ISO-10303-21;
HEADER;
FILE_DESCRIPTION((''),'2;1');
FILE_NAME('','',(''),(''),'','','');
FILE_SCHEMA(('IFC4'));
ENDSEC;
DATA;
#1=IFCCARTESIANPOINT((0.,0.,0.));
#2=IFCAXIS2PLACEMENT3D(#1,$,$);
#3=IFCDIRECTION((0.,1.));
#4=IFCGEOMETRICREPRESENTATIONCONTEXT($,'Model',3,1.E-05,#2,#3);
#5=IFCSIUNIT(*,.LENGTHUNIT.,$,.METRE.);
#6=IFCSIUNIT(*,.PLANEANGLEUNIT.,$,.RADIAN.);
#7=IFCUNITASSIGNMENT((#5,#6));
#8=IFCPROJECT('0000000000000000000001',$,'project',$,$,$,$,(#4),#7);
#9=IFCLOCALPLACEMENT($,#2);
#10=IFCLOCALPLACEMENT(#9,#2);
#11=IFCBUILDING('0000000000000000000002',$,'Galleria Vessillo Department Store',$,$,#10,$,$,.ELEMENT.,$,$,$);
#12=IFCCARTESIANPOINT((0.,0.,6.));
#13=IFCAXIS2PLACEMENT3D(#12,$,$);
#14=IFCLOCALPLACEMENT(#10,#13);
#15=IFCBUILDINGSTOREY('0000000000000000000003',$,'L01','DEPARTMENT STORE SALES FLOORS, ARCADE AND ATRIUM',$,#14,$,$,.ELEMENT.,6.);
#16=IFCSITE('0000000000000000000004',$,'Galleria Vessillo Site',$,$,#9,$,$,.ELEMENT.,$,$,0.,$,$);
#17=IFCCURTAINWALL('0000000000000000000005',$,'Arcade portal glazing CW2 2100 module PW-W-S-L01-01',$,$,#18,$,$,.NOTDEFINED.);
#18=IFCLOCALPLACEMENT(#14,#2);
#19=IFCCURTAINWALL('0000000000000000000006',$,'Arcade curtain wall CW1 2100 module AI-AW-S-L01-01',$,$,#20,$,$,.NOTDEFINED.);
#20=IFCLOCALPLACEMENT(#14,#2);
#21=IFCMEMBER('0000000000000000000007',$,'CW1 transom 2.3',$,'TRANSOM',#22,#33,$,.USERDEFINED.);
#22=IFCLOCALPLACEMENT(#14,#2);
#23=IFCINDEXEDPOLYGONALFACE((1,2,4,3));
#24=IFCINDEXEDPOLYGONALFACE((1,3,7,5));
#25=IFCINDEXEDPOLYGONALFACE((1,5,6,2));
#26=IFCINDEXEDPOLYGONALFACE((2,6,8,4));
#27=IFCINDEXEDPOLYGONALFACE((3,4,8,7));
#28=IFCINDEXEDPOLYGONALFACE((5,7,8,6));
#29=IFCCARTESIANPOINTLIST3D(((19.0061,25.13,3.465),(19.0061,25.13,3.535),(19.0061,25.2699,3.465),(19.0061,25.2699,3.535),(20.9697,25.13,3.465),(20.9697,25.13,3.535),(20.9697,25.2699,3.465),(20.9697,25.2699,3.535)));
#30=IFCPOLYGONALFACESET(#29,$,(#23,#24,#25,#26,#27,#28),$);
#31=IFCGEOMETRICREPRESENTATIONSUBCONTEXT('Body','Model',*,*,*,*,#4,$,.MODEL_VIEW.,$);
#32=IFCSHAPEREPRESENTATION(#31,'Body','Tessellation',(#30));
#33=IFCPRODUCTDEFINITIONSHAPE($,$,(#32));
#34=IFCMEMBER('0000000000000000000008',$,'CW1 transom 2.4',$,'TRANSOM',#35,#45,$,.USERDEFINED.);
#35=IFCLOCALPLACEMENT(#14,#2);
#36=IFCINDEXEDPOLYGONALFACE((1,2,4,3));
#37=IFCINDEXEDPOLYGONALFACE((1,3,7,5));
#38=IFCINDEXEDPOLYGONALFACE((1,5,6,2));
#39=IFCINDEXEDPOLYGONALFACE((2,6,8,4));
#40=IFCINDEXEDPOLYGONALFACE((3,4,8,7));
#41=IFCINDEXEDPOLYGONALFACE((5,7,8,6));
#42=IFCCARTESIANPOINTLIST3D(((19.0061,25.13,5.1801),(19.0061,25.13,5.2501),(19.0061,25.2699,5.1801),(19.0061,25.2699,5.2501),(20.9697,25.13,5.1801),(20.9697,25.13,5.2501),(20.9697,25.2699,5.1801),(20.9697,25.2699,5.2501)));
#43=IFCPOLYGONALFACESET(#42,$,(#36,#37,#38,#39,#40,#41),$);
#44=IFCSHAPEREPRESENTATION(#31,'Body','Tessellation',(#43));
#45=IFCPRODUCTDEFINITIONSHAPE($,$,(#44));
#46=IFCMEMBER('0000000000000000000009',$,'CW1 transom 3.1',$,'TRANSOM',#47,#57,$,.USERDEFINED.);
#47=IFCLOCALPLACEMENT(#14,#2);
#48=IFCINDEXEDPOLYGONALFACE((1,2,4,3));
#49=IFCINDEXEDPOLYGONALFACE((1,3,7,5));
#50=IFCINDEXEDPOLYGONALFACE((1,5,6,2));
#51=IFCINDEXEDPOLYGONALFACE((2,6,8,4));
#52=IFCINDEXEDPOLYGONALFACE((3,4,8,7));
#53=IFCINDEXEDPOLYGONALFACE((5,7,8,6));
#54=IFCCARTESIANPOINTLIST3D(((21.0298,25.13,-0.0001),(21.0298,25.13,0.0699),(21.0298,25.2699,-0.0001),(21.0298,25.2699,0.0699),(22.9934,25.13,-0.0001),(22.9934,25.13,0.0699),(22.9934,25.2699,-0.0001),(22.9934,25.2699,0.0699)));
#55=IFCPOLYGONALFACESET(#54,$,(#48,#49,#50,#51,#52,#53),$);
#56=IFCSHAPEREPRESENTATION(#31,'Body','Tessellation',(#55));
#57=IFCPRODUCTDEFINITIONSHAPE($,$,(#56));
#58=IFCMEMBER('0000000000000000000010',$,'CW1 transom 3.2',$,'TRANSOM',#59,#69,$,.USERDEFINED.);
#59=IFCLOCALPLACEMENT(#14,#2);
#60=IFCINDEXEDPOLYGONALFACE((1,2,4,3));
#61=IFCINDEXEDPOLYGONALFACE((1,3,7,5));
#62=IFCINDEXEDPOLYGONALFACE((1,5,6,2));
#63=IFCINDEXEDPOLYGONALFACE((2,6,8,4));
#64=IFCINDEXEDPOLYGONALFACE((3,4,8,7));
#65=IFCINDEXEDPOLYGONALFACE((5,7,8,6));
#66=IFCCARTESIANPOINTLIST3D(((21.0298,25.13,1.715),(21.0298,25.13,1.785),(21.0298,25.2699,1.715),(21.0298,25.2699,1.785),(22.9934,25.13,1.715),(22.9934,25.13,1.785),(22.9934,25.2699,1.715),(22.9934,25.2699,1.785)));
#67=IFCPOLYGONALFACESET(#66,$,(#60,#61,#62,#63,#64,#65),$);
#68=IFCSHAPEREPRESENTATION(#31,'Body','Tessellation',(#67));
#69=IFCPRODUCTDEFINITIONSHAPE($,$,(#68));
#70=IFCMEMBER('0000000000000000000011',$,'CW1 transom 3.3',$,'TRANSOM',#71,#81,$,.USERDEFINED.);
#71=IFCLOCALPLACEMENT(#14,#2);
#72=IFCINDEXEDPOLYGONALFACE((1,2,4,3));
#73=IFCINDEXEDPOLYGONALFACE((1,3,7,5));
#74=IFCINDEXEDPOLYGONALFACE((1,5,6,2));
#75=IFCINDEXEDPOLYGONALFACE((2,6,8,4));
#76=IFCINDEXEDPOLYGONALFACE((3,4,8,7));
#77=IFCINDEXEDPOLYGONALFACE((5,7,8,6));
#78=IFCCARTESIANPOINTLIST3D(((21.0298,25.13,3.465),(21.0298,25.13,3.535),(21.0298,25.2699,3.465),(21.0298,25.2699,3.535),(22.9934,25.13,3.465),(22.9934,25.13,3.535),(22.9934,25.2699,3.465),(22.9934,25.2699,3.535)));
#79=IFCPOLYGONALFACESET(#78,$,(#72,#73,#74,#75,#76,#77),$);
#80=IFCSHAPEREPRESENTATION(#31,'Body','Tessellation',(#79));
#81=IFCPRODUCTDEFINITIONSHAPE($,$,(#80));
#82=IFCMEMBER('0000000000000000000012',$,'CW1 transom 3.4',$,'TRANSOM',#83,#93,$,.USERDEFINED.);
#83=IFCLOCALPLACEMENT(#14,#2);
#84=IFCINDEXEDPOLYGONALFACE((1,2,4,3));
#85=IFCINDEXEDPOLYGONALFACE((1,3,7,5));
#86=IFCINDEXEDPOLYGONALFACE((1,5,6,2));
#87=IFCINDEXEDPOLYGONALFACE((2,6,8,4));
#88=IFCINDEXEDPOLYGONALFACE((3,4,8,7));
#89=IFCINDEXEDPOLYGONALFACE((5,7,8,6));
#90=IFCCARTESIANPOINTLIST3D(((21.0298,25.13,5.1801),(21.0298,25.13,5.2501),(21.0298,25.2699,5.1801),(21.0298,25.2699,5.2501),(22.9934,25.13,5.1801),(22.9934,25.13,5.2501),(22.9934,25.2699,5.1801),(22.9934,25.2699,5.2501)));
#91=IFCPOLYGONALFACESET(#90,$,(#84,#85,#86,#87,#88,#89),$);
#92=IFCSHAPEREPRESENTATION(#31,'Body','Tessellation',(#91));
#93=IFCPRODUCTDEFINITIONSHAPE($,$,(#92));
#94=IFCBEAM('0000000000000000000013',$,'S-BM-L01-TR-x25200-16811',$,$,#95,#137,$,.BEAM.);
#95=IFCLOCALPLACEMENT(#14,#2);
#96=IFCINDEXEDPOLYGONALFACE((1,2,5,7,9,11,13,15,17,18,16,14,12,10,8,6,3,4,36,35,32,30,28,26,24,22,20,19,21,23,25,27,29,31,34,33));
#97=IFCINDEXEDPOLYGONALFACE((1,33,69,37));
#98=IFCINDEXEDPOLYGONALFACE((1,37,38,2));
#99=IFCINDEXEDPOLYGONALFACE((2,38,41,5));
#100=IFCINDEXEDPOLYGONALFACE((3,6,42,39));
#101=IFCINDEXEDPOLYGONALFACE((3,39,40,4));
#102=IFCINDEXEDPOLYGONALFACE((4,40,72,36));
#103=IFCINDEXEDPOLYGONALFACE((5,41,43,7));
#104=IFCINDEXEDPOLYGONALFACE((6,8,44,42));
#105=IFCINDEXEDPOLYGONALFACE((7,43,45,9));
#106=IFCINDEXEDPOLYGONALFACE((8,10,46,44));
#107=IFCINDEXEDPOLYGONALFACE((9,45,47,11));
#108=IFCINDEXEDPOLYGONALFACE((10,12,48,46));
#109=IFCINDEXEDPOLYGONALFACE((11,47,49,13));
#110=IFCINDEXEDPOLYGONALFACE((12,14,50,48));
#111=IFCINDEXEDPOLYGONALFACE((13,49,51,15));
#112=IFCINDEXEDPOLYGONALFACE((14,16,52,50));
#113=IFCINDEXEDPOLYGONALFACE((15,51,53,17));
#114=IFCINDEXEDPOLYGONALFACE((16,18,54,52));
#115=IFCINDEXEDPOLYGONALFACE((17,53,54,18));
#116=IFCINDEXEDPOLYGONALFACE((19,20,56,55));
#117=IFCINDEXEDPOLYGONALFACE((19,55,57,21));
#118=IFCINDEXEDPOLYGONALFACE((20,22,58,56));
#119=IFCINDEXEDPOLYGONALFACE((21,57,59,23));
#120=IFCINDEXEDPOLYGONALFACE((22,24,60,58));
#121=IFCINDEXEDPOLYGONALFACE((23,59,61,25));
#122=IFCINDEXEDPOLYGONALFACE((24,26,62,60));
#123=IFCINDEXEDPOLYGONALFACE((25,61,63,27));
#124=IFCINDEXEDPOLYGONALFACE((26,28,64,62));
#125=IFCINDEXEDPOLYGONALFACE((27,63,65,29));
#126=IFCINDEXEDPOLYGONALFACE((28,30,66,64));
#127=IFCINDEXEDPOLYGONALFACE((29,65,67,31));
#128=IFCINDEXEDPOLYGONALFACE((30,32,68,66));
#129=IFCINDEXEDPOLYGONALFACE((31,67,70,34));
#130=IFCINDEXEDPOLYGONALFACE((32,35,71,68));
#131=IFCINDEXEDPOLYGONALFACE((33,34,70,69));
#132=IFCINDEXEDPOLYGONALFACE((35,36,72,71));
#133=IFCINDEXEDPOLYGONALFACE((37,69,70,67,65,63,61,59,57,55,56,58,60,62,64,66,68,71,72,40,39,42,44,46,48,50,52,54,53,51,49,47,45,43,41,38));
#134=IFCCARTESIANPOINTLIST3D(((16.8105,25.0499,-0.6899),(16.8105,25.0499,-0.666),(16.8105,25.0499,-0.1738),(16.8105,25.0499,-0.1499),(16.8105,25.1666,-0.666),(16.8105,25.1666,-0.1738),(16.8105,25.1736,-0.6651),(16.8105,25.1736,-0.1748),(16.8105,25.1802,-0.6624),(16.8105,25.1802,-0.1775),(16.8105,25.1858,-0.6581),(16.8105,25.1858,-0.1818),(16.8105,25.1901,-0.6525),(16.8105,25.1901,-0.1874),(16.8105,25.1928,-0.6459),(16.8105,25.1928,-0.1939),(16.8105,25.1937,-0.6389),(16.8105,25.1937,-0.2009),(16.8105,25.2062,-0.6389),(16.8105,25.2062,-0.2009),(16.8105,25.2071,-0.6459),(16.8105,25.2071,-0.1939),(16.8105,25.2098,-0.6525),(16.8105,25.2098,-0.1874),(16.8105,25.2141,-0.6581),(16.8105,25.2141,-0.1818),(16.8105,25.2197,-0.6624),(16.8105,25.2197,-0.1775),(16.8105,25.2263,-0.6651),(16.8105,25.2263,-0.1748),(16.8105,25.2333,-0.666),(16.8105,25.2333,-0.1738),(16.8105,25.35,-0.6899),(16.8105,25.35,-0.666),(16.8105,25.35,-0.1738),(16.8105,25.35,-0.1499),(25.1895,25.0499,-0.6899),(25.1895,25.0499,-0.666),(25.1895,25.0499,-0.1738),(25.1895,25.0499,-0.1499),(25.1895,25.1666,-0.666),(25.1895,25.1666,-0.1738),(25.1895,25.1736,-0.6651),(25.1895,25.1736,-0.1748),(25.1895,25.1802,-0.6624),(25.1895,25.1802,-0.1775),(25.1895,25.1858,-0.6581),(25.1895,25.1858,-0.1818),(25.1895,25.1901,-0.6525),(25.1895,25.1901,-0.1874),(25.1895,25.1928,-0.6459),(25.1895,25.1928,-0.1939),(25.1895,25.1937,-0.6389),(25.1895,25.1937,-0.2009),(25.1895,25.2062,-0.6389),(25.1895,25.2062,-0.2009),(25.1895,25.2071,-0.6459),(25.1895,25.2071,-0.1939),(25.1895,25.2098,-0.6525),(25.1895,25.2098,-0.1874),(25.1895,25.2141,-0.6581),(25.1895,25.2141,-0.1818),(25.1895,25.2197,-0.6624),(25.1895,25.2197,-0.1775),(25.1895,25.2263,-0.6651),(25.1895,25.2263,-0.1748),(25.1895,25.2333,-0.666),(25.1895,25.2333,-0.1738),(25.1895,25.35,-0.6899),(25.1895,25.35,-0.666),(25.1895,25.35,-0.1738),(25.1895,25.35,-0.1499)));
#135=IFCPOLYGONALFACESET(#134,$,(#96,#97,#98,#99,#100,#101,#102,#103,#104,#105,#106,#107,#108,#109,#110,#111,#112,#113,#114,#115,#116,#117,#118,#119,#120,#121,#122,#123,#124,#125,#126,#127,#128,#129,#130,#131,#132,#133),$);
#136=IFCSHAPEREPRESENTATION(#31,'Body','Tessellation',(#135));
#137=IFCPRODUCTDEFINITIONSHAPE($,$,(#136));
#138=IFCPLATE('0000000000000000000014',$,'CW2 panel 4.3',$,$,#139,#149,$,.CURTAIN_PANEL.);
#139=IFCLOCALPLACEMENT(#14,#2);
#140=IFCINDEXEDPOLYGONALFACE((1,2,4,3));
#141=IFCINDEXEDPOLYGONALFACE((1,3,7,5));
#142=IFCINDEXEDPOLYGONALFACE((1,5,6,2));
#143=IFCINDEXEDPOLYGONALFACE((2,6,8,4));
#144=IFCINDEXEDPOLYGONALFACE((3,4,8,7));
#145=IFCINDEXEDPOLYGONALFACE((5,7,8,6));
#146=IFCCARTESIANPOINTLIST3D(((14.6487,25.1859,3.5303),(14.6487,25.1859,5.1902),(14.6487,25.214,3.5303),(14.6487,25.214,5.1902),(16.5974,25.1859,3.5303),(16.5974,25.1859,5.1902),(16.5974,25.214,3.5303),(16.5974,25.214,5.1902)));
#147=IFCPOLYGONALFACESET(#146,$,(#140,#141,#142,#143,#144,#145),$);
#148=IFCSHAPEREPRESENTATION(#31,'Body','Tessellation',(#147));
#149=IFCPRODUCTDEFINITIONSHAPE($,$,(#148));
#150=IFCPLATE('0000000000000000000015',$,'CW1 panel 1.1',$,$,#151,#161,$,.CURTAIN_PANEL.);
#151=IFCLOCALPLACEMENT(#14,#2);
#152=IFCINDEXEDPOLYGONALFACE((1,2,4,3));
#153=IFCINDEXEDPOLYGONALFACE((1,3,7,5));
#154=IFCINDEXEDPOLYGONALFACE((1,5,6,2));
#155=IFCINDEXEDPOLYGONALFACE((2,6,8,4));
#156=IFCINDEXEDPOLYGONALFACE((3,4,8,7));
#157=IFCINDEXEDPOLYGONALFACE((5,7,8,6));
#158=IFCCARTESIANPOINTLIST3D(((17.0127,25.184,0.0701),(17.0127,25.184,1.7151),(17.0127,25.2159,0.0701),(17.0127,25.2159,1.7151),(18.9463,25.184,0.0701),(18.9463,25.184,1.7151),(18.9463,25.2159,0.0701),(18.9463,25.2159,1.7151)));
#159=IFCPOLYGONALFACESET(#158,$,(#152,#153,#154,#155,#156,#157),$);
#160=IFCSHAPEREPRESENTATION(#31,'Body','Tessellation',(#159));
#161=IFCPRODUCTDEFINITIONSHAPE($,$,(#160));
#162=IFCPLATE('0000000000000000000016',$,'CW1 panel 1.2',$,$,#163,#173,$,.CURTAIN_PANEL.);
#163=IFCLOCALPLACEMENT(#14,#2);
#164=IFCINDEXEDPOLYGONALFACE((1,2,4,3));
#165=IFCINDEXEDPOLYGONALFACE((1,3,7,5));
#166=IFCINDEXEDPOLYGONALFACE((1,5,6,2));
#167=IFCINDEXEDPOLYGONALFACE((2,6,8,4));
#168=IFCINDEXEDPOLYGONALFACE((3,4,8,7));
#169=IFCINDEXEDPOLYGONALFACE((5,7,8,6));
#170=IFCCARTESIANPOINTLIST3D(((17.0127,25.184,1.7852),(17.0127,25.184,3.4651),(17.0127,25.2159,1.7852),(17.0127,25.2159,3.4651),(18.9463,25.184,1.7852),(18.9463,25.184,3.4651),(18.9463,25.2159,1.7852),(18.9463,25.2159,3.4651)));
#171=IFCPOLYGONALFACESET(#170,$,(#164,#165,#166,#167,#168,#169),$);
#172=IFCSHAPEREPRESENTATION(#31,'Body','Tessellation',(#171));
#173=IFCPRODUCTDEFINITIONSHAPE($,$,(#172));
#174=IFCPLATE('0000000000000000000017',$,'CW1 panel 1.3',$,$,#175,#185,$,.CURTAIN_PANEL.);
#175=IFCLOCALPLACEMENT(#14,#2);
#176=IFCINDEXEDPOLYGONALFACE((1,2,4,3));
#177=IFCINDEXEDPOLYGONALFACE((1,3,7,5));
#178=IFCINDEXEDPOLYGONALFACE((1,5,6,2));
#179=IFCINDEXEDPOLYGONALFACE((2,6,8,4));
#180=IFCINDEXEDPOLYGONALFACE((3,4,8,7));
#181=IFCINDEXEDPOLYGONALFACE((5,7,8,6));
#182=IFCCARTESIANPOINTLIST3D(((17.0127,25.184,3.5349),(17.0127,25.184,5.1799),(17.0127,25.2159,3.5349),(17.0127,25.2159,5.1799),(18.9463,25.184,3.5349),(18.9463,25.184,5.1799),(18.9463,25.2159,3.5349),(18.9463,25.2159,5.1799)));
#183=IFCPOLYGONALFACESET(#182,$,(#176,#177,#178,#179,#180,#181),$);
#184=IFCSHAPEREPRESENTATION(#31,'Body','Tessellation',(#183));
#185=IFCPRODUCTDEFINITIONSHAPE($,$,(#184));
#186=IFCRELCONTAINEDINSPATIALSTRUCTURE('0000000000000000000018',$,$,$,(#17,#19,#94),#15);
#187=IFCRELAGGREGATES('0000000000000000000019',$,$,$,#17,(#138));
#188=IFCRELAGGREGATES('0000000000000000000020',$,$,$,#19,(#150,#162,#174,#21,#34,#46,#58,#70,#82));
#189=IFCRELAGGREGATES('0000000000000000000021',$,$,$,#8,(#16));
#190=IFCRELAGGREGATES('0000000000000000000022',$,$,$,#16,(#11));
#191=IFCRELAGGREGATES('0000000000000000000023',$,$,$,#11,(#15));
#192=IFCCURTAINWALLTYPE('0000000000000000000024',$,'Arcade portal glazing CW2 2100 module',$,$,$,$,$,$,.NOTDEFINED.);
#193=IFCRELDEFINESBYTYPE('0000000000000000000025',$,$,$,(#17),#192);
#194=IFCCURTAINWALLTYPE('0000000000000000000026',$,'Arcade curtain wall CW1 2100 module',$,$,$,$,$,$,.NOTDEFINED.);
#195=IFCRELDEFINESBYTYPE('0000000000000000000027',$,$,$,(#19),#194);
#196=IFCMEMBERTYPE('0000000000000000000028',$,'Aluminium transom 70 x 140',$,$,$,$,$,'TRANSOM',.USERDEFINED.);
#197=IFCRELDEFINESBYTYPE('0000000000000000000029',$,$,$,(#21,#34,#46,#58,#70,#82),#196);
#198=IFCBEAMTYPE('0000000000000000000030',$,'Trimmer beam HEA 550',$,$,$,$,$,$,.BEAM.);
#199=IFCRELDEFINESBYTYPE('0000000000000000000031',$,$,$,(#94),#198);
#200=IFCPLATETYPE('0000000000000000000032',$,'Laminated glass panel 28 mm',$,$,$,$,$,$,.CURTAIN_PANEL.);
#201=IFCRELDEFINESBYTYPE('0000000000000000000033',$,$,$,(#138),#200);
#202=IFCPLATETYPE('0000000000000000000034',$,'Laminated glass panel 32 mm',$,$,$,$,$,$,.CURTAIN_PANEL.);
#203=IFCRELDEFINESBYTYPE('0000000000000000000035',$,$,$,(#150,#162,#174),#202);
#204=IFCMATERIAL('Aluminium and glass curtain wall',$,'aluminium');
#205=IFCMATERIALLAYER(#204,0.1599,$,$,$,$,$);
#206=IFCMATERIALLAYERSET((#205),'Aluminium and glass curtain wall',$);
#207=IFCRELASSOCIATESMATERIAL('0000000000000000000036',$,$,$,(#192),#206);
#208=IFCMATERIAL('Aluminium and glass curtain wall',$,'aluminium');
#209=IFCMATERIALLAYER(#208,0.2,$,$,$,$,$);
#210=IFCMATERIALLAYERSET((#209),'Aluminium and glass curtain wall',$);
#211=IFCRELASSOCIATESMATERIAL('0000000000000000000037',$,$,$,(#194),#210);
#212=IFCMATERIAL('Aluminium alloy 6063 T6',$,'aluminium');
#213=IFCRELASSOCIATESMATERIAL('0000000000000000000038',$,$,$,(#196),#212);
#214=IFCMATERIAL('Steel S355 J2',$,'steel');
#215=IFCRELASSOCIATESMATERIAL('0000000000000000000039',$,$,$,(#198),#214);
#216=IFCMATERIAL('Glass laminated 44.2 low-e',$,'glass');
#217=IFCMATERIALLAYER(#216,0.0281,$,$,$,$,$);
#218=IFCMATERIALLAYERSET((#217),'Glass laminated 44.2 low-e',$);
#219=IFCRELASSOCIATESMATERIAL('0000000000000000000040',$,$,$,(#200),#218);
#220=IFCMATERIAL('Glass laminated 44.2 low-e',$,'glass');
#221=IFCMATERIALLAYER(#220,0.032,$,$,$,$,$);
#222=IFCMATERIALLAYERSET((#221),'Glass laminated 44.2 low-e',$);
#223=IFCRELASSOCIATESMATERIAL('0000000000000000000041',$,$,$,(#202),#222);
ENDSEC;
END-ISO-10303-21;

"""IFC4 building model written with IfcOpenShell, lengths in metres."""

from ifc_helpers import new_model, si_unit, direction, frame, origin, origin_2d, place, context, subcontext, project, spatial, rectangle, i_section, extrude, material, layer, layer_set, material_profile, profile_set, type_object, element, aggregate, save


model = new_model("IFC4")

# Units and contexts
model_context = context("Model", 3, precision=1e-05, world=origin(), true_north=direction((0.0, 1.0)))
body_context = subcontext(model_context, "Body", "Model", "MODEL_VIEW")
ifc_project = project(units=[si_unit("LENGTHUNIT", "METRE"), si_unit("PLANEANGLEUNIT", "RADIAN")], contexts=[model_context])

# Site, building, storey
site_placement = place(None, origin())
site = spatial("IfcSite", under=ifc_project, at=site_placement, Name="Galleria Vessillo Site", CompositionType="ELEMENT", RefElevation=0.0)
building_placement = place(site_placement, origin())
building = spatial("IfcBuilding", under=site, at=building_placement, Name="Galleria Vessillo Department Store", CompositionType="ELEMENT")
storey_placement = place(building_placement, frame((0.0, 0.0, 6.0)))
storey = spatial("IfcBuildingStorey", under=building, at=storey_placement, Name="L01", Description="DEPARTMENT STORE SALES FLOORS, ARCADE AND ATRIUM", CompositionType="ELEMENT", Elevation=6.0)

# Curtain wall
ifc_material_1 = material(Name="Aluminium and glass curtain wall", Category="aluminium")
ifc_layer_1 = layer(ifc_material_1, 0.1599)
ifc_layer_set_1 = layer_set([ifc_layer_1], Name="Aluminium and glass curtain wall")
curtain_wall_type_1 = type_object("IfcCurtainWallType", Name="Arcade portal glazing CW2 2100 module", PredefinedType="NOTDEFINED", material=ifc_layer_set_1)
curtain_wall_1_placement = place(storey_placement, origin())
curtain_wall_1 = element("IfcCurtainWall", 1, at=curtain_wall_1_placement, inside=storey, type_object=curtain_wall_type_1, Name="Arcade portal glazing CW2 2100 module PW-W-S-L01-01", PredefinedType="NOTDEFINED")

# Curtain wall, members
ifc_material_2 = material(Name="Aluminium and glass curtain wall", Category="aluminium")
ifc_layer_2 = layer(ifc_material_2, 0.2)
ifc_layer_set_2 = layer_set([ifc_layer_2], Name="Aluminium and glass curtain wall")
curtain_wall_type_2 = type_object("IfcCurtainWallType", Name="Arcade curtain wall CW1 2100 module", PredefinedType="NOTDEFINED", material=ifc_layer_set_2)
curtain_wall_2_placement = place(storey_placement, origin())
curtain_wall_2 = element("IfcCurtainWall", 2, at=curtain_wall_2_placement, inside=storey, type_object=curtain_wall_type_2, Name="Arcade curtain wall CW1 2100 module AI-AW-S-L01-01", PredefinedType="NOTDEFINED")
ifc_material_3 = material(Name="Aluminium alloy 6063 T6", Category="aluminium")
ifc_material_profile_1 = material_profile(ifc_material_3, rectangle(XDim=0.1399, YDim=0.0701, at=origin_2d()), Name="AL 70x140")
ifc_profile_set_1 = profile_set([ifc_material_profile_1], Name="Aluminium alloy 6063 T6")
member_type_1 = type_object("IfcMemberType", Name="Aluminium transom 70 x 140", ElementType="TRANSOM", PredefinedType="USERDEFINED", material=ifc_profile_set_1)
member_1_placement = place(storey_placement, frame((19.0061, 25.2, 3.5), z_axis=(1.0, 0.0, 0.0), x_axis=(0.0, 1.0, 0.0)))
member_1 = element("IfcMember", 3, at=member_1_placement, type_object=member_type_1, Name="CW1 transom 2.3", ObjectType="TRANSOM", PredefinedType="USERDEFINED", context=body_context, shape_type="SweptSolid", body=[
    extrude(rectangle(XDim=0.1399, YDim=0.0701, at=origin_2d()), origin(), (0.0, 0.0, 1.0), 1.9636),
])
member_2_placement = place(storey_placement, frame((19.0061, 25.2, 5.2151), z_axis=(1.0, 0.0, 0.0), x_axis=(0.0, 1.0, 0.0)))
member_2 = element("IfcMember", 4, at=member_2_placement, type_object=member_type_1, Name="CW1 transom 2.4", ObjectType="TRANSOM", PredefinedType="USERDEFINED", context=body_context, shape_type="SweptSolid", body=[
    extrude(rectangle(XDim=0.1399, YDim=0.0701, at=origin_2d()), origin(), (0.0, 0.0, 1.0), 1.9636),
])
member_3_placement = place(storey_placement, frame((21.0298, 25.2, 0.0349), z_axis=(1.0, 0.0, 0.0), x_axis=(0.0, 1.0, 0.0)))
member_3 = element("IfcMember", 5, at=member_3_placement, type_object=member_type_1, Name="CW1 transom 3.1", ObjectType="TRANSOM", PredefinedType="USERDEFINED", context=body_context, shape_type="SweptSolid", body=[
    extrude(rectangle(XDim=0.1399, YDim=0.0701, at=origin_2d()), origin(), (0.0, 0.0, 1.0), 1.9636),
])
member_4_placement = place(storey_placement, frame((21.0298, 25.2, 1.75), z_axis=(1.0, 0.0, 0.0), x_axis=(0.0, 1.0, 0.0)))
member_4 = element("IfcMember", 6, at=member_4_placement, type_object=member_type_1, Name="CW1 transom 3.2", ObjectType="TRANSOM", PredefinedType="USERDEFINED", context=body_context, shape_type="SweptSolid", body=[
    extrude(rectangle(XDim=0.1399, YDim=0.0701, at=origin_2d()), origin(), (0.0, 0.0, 1.0), 1.9636),
])
member_5_placement = place(storey_placement, frame((21.0298, 25.2, 3.5), z_axis=(1.0, 0.0, 0.0), x_axis=(0.0, 1.0, 0.0)))
member_5 = element("IfcMember", 7, at=member_5_placement, type_object=member_type_1, Name="CW1 transom 3.3", ObjectType="TRANSOM", PredefinedType="USERDEFINED", context=body_context, shape_type="SweptSolid", body=[
    extrude(rectangle(XDim=0.1399, YDim=0.0701, at=origin_2d()), origin(), (0.0, 0.0, 1.0), 1.9636),
])
member_6_placement = place(storey_placement, frame((21.0298, 25.2, 5.2151), z_axis=(1.0, 0.0, 0.0), x_axis=(0.0, 1.0, 0.0)))
member_6 = element("IfcMember", 8, at=member_6_placement, type_object=member_type_1, Name="CW1 transom 3.4", ObjectType="TRANSOM", PredefinedType="USERDEFINED", context=body_context, shape_type="SweptSolid", body=[
    extrude(rectangle(XDim=0.1399, YDim=0.0701, at=origin_2d()), origin(), (0.0, 0.0, 1.0), 1.9636),
])

# Beam
ifc_material_4 = material(Name="Steel S355 J2", Category="steel")
ifc_material_profile_2 = material_profile(ifc_material_4, i_section(OverallWidth=0.3, OverallDepth=0.54, WebThickness=0.0125, FlangeThickness=0.0239, FilletRadius=0.0271, at=origin_2d()), Name="HEA 550")
ifc_profile_set_2 = profile_set([ifc_material_profile_2], Name="Steel S355 J2")
beam_type = type_object("IfcBeamType", Name="Trimmer beam HEA 550", PredefinedType="BEAM", material=ifc_profile_set_2)
beam_placement = place(storey_placement, frame((16.8105, 25.2, -0.4199), z_axis=(1.0, 0.0, 0.0), x_axis=(0.0, 1.0, 0.0)))
element("IfcBeam", 9, at=beam_placement, inside=storey, type_object=beam_type, Name="S-BM-L01-TR-x25200-16811", PredefinedType="BEAM", context=body_context, shape_type="SweptSolid", body=[
    extrude(i_section(OverallWidth=0.3, OverallDepth=0.54, WebThickness=0.0125, FlangeThickness=0.0239, FilletRadius=0.0271, at=origin_2d()), origin(), (0.0, 0.0, 1.0), 8.3789),
])

# Plates
ifc_material_5 = material(Name="Glass laminated 44.2 low-e", Category="glass")
ifc_layer_3 = layer(ifc_material_5, 0.0281)
ifc_layer_set_3 = layer_set([ifc_layer_3], Name="Glass laminated 44.2 low-e")
plate_type_1 = type_object("IfcPlateType", Name="Laminated glass panel 28 mm", PredefinedType="CURTAIN_PANEL", material=ifc_layer_set_3)
plate_1_placement = place(storey_placement, frame((15.623, 25.2, 3.5303), z_axis=(0.0, 0.0, 1.0), x_axis=(1.0, 0.0, 0.0)))
plate_1 = element("IfcPlate", 10, at=plate_1_placement, type_object=plate_type_1, Name="CW2 panel 4.3", PredefinedType="CURTAIN_PANEL", context=body_context, shape_type="SweptSolid", body=[
    extrude(rectangle(XDim=1.9487, YDim=0.0281, at=origin_2d()), origin(), (0.0, 0.0, 1.0), 1.6599),
])
aggregate(curtain_wall_1, [plate_1])
ifc_material_6 = material(Name="Glass laminated 44.2 low-e", Category="glass")
ifc_layer_4 = layer(ifc_material_6, 0.032)
ifc_layer_set_4 = layer_set([ifc_layer_4], Name="Glass laminated 44.2 low-e")
plate_type_2 = type_object("IfcPlateType", Name="Laminated glass panel 32 mm", PredefinedType="CURTAIN_PANEL", material=ifc_layer_set_4)
plate_2_placement = place(storey_placement, frame((17.9795, 25.2, 0.0701), z_axis=(0.0, 0.0, 1.0), x_axis=(1.0, 0.0, 0.0)))
plate_2 = element("IfcPlate", 11, at=plate_2_placement, type_object=plate_type_2, Name="CW1 panel 1.1", PredefinedType="CURTAIN_PANEL", context=body_context, shape_type="SweptSolid", body=[
    extrude(rectangle(XDim=1.9336, YDim=0.032, at=origin_2d()), origin(), (0.0, 0.0, 1.0), 1.645),
])
plate_3_placement = place(storey_placement, frame((17.9795, 25.2, 1.7852), z_axis=(0.0, 0.0, 1.0), x_axis=(1.0, 0.0, 0.0)))
plate_3 = element("IfcPlate", 12, at=plate_3_placement, type_object=plate_type_2, Name="CW1 panel 1.2", PredefinedType="CURTAIN_PANEL", context=body_context, shape_type="SweptSolid", body=[
    extrude(rectangle(XDim=1.9336, YDim=0.032, at=origin_2d()), origin(), (0.0, 0.0, 1.0), 1.6799),
])
plate_4_placement = place(storey_placement, frame((17.9795, 25.2, 3.5349), z_axis=(0.0, 0.0, 1.0), x_axis=(1.0, 0.0, 0.0)))
plate_4 = element("IfcPlate", 13, at=plate_4_placement, type_object=plate_type_2, Name="CW1 panel 1.3", PredefinedType="CURTAIN_PANEL", context=body_context, shape_type="SweptSolid", body=[
    extrude(rectangle(XDim=1.9336, YDim=0.032, at=origin_2d()), origin(), (0.0, 0.0, 1.0), 1.645),
])
aggregate(curtain_wall_2, [plate_2, plate_3, plate_4, member_1, member_2, member_3, member_4, member_5, member_6])

save(model, "model.ifc")
